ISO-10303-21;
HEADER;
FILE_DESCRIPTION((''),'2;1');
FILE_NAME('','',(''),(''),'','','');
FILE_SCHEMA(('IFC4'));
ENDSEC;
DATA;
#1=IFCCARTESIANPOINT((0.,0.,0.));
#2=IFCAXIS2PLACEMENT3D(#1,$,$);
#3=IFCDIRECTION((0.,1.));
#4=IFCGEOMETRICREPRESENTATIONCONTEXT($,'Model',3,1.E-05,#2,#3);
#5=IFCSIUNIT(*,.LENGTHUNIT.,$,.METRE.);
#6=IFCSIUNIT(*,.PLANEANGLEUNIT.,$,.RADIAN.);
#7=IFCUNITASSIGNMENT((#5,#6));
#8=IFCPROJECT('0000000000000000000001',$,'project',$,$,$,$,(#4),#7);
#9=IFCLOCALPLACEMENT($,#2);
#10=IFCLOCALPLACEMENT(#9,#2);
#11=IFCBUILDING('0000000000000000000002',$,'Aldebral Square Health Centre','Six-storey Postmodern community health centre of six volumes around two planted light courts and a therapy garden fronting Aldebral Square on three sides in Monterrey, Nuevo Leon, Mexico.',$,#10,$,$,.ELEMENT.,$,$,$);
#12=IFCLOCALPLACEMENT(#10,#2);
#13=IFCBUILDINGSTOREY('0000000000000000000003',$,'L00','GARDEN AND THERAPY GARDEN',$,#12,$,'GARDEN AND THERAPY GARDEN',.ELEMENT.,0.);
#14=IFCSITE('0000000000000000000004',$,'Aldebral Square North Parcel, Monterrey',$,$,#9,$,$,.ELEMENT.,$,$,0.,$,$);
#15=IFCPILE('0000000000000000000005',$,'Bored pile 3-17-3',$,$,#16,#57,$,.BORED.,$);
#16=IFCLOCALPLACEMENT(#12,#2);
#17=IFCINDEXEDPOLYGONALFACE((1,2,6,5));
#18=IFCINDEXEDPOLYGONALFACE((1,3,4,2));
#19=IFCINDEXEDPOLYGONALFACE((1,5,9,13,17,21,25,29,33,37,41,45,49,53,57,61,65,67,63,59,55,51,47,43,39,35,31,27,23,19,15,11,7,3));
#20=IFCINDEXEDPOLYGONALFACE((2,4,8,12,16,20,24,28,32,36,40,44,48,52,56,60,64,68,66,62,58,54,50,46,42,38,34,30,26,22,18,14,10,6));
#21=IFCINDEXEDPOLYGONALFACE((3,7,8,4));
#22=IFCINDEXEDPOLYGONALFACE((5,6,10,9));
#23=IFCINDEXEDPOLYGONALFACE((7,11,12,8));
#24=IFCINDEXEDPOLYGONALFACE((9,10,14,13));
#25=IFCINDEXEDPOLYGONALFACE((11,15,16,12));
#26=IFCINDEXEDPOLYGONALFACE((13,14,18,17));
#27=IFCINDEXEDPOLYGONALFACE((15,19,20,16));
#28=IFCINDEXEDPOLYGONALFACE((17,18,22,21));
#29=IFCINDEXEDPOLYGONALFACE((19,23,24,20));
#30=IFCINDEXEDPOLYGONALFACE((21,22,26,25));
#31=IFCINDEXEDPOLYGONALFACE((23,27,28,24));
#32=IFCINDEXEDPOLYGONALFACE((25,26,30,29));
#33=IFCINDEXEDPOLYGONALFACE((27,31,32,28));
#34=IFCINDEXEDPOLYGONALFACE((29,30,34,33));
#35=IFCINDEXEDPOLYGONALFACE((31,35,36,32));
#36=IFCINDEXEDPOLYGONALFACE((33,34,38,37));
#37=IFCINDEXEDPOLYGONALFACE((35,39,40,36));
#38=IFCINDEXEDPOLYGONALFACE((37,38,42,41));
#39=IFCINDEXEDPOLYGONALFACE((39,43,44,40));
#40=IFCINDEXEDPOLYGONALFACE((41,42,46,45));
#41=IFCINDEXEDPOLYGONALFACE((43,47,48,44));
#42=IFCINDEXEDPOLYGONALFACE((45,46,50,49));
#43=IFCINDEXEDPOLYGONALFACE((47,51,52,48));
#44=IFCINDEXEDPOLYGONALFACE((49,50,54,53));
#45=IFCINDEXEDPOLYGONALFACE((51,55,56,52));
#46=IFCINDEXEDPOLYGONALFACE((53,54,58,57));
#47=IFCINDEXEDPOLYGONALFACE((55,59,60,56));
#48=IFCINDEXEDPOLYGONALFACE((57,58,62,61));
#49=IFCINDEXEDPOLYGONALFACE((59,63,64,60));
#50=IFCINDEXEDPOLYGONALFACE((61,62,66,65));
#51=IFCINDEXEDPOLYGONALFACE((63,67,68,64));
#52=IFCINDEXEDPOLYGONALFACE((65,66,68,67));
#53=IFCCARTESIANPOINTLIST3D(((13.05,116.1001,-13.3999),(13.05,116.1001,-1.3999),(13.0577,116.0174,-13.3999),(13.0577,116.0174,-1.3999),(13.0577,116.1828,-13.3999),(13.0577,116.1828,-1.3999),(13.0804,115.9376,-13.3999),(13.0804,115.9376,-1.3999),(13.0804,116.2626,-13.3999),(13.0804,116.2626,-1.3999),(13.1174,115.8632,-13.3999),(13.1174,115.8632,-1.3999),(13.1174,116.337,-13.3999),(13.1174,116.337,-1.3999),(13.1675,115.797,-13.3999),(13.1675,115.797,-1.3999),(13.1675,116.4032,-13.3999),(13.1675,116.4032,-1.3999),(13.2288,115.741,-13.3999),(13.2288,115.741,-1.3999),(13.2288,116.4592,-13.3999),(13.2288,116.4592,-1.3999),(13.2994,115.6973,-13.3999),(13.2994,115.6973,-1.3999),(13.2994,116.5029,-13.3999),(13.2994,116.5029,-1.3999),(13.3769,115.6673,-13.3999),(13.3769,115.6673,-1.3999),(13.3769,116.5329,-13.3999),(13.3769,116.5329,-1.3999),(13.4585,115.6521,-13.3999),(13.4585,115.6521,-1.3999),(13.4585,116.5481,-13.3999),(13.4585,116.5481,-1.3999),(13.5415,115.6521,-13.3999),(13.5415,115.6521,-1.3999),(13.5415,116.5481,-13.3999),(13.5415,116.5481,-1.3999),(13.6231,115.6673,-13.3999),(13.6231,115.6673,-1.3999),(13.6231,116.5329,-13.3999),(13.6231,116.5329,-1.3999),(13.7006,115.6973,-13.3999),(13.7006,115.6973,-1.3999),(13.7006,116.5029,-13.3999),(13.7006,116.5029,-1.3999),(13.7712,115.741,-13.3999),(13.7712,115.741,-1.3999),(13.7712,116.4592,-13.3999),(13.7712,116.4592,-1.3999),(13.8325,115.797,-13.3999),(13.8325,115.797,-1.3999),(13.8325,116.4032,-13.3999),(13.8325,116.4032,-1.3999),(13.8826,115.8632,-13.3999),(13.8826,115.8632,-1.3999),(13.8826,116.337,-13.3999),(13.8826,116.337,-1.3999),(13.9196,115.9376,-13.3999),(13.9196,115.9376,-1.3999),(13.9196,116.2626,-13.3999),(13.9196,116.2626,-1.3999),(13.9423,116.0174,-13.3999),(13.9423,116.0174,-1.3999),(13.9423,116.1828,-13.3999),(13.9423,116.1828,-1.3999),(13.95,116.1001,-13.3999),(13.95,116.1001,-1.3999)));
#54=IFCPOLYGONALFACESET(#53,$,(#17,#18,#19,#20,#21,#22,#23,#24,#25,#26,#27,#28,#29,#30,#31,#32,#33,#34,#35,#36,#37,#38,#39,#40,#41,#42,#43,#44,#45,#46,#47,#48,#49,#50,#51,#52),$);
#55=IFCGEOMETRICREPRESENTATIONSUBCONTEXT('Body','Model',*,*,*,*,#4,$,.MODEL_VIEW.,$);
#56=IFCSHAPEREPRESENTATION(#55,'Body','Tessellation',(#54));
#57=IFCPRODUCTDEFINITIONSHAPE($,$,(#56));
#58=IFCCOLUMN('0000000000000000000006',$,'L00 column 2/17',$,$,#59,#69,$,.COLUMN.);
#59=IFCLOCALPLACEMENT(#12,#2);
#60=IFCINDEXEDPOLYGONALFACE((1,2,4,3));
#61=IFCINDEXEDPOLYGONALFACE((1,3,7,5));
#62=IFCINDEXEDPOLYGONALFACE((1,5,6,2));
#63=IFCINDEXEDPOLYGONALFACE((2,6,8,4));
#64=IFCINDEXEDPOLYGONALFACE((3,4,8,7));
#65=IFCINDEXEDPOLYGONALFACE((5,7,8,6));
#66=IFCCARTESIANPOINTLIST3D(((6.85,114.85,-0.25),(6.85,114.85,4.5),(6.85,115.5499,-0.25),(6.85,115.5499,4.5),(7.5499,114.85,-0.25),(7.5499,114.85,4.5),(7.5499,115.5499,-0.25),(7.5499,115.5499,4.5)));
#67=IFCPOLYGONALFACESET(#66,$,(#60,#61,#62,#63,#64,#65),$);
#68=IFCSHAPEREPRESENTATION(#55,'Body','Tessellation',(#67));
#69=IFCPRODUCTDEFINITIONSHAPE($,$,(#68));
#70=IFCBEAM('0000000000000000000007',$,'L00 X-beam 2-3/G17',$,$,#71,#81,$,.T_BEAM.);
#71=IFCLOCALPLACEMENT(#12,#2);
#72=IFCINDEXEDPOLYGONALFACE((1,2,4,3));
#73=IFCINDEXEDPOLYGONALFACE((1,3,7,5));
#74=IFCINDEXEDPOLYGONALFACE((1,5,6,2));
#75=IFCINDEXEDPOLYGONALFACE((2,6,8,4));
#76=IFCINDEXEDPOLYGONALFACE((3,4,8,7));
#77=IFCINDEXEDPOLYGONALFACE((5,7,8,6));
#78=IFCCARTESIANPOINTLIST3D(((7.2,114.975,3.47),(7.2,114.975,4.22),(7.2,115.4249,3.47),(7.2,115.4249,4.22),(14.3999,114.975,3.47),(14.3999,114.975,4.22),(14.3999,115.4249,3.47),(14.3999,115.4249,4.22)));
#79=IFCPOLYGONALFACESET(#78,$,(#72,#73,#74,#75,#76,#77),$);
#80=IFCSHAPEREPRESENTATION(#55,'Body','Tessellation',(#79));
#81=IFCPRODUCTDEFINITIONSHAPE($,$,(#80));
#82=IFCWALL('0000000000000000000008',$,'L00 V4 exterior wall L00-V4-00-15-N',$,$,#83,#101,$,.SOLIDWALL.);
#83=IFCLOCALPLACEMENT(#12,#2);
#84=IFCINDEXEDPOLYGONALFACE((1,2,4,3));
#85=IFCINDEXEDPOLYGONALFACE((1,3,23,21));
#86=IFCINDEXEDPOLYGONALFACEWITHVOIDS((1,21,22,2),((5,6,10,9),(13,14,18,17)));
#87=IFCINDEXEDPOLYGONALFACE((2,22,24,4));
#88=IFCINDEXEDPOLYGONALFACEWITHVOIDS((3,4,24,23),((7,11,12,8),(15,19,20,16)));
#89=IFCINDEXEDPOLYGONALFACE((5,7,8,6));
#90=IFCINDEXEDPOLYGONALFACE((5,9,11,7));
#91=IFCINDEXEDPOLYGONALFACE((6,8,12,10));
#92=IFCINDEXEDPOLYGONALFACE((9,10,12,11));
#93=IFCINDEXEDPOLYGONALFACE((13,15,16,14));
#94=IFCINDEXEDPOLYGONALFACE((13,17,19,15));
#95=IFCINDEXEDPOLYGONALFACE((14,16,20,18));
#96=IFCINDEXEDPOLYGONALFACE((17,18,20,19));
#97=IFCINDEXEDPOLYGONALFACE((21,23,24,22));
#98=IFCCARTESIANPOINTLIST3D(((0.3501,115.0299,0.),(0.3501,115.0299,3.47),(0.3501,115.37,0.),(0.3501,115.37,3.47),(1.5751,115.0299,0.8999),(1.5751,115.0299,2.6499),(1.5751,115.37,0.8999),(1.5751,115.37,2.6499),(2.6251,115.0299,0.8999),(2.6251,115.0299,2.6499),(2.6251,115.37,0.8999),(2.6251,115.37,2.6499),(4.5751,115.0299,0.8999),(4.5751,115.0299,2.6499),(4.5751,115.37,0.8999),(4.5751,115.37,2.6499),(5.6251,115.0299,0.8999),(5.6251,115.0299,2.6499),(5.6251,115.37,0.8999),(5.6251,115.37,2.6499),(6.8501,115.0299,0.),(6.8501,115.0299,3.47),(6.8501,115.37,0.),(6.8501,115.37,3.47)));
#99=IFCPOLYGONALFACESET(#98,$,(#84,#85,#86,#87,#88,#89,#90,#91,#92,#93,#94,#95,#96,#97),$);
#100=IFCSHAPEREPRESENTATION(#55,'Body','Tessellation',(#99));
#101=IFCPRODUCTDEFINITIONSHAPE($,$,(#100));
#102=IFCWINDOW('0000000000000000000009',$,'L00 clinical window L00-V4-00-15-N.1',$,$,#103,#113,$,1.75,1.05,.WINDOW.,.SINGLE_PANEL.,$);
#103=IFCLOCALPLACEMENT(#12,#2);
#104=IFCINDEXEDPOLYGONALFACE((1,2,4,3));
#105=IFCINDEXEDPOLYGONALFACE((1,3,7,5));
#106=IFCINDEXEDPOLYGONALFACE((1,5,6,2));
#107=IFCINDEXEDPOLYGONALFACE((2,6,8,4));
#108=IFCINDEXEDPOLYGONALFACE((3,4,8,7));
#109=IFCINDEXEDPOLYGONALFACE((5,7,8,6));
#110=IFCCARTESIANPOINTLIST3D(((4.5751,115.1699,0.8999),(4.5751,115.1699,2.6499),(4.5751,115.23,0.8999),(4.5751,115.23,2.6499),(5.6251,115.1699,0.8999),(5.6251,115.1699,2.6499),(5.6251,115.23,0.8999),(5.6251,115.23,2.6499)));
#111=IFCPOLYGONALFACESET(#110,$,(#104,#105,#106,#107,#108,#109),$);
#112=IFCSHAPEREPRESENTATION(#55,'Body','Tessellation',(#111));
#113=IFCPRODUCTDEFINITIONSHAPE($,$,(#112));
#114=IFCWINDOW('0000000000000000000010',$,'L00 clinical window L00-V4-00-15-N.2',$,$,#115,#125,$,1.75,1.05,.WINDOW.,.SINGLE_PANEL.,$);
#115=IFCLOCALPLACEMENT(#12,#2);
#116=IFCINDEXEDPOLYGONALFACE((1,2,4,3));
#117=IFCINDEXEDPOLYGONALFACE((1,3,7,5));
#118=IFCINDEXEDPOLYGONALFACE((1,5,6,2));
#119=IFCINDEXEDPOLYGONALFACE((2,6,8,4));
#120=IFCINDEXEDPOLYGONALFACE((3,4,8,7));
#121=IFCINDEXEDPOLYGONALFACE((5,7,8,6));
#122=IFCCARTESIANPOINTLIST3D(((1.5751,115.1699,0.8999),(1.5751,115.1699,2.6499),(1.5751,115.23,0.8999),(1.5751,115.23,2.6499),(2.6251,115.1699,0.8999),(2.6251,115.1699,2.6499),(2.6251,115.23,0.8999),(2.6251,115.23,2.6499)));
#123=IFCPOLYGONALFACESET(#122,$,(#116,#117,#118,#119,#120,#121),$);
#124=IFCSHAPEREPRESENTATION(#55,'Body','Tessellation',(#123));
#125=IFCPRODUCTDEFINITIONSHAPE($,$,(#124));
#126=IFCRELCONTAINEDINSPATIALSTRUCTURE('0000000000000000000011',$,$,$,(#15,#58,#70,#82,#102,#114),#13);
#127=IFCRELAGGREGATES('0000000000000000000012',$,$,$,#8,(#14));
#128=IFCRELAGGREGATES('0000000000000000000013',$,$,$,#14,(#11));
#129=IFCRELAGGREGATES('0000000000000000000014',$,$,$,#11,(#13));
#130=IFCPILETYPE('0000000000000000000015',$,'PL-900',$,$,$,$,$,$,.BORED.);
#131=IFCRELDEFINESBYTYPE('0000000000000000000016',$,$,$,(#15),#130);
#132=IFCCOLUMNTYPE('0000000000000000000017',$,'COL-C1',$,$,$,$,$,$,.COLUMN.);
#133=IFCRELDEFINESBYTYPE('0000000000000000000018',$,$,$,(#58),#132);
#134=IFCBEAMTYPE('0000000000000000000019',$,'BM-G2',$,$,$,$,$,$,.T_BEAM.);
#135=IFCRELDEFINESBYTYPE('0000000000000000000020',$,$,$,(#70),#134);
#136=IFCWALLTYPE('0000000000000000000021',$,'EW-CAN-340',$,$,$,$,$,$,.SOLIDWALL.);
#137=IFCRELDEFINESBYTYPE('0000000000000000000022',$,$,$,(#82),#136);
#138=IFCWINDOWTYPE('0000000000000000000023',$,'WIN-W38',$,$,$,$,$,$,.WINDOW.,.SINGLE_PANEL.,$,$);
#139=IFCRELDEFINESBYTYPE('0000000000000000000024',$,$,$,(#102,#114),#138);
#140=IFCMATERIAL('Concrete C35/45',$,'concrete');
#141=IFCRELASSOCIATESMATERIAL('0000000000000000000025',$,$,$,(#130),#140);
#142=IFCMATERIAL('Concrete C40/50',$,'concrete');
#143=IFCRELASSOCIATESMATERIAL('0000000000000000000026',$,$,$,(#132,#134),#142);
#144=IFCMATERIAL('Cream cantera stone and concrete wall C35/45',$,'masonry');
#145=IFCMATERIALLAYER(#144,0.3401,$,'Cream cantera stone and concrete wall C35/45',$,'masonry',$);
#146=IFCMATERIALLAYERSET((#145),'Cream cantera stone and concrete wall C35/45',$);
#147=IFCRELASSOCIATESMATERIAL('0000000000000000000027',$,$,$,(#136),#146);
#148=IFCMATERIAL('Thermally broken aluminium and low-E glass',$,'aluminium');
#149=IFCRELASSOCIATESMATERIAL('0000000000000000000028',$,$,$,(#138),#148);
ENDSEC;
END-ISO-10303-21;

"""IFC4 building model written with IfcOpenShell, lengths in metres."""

from ifc_helpers import new_model, si_unit, direction, frame, frame_2d, origin, origin_2d, place, context, subcontext, project, spatial, rectangle, circle, extrude, material, layer, layer_set, material_profile, profile_set, type_object, element, fill, save


model = new_model("IFC4")

# Units and contexts
model_context = context("Model", 3, precision=1e-05, world=origin(), true_north=direction((0.0, 1.0)))
body_context = subcontext(model_context, "Body", "Model", "MODEL_VIEW")
ifc_project = project(units=[si_unit("LENGTHUNIT", "METRE"), si_unit("PLANEANGLEUNIT", "RADIAN")], contexts=[model_context])

# Site, building, storey
site_placement = place(None, origin())
site = spatial("IfcSite", under=ifc_project, at=site_placement, Name="Aldebral Square North Parcel, Monterrey", CompositionType="ELEMENT", RefElevation=0.0)
building_placement = place(site_placement, origin())
building = spatial("IfcBuilding", under=site, at=building_placement, Name="Aldebral Square Health Centre", Description="Six-storey Postmodern community health centre of six volumes around two planted light courts and a therapy garden fronting Aldebral Square on three sides in Monterrey, Nuevo Leon, Mexico.", CompositionType="ELEMENT")
storey_placement = place(building_placement, origin())
storey = spatial("IfcBuildingStorey", under=building, at=storey_placement, Name="L00", Description="GARDEN AND THERAPY GARDEN", LongName="GARDEN AND THERAPY GARDEN", CompositionType="ELEMENT", Elevation=0.0)

# Shared definitions
ifc_material_1 = material(Name="Concrete C35/45", Category="concrete")

# Pile
ifc_material_profile_1 = material_profile(ifc_material_1, circle(Radius=0.45, at=origin_2d()), Name="PILE D900")
ifc_profile_set_1 = profile_set([ifc_material_profile_1], Name="Concrete C35/45")
pile_type = type_object("IfcPileType", Name="PL-900", PredefinedType="BORED", material=ifc_profile_set_1)
for number, where, z_axis, x_axis, name in (
    (1, (13.5, 116.1001, -1.3999), (0.0, 0.0, -1.0), (1.0, 0.0, 0.0), "Bored pile 3-17-3"),
):
    element("IfcPile", number, at=place(storey_placement, frame(where, z_axis=z_axis, x_axis=x_axis)), inside=storey, type_object=pile_type, Name=name, PredefinedType="BORED", context=body_context, shape_type="SweptSolid", body=[
        extrude(circle(Radius=0.45, at=origin_2d()), origin(), (0.0, 0.0, 1.0), 12.0),
    ])

# Column
ifc_material_2 = material(Name="Concrete C40/50", Category="concrete")
ifc_material_profile_2 = material_profile(ifc_material_2, rectangle(XDim=0.7, YDim=0.7, at=origin_2d()), Name="RC 700x700")
ifc_profile_set_2 = profile_set([ifc_material_profile_2], Name="Concrete C40/50")
column_type = type_object("IfcColumnType", Name="COL-C1", PredefinedType="COLUMN", material=ifc_profile_set_2)
column_placement = place(storey_placement, frame((7.2, 115.2, -0.25), z_axis=(0.0, 0.0, 1.0), x_axis=(1.0, 0.0, 0.0)))
element("IfcColumn", 2, at=column_placement, inside=storey, type_object=column_type, Name="L00 column 2/17", PredefinedType="COLUMN", context=body_context, shape_type="SweptSolid", body=[
    extrude(rectangle(XDim=0.7, YDim=0.7, at=origin_2d()), origin(), (0.0, 0.0, 1.0), 4.75),
])

# Beam
ifc_material_profile_3 = material_profile(ifc_material_2, rectangle(XDim=0.45, YDim=0.75, at=origin_2d()), Name="RC 450x750")
ifc_profile_set_3 = profile_set([ifc_material_profile_3], Name="Concrete C40/50")
beam_type = type_object("IfcBeamType", Name="BM-G2", PredefinedType="T_BEAM", material=ifc_profile_set_3)
beam_placement = place(storey_placement, frame((7.2, 115.2, 3.845), z_axis=(1.0, 0.0, 0.0), x_axis=(0.0, 1.0, 0.0)))
element("IfcBeam", 3, at=beam_placement, inside=storey, type_object=beam_type, Name="L00 X-beam 2-3/G17", PredefinedType="T_BEAM", context=body_context, shape_type="SweptSolid", body=[
    extrude(rectangle(XDim=0.45, YDim=0.75, at=origin_2d()), origin(), (0.0, 0.0, 1.0), 7.2),
])

# Wall, openings, windows
ifc_material_3 = material(Name="Cream cantera stone and concrete wall C35/45", Category="masonry")
ifc_layer_1 = layer(ifc_material_3, 0.3401, Name="Cream cantera stone and concrete wall C35/45", Category="masonry")
ifc_layer_set_1 = layer_set([ifc_layer_1], Name="Cream cantera stone and concrete wall C35/45")
wall_type_1 = type_object("IfcWallType", Name="EW-CAN-340", PredefinedType="SOLIDWALL", material=ifc_layer_set_1)
wall_1_placement = place(storey_placement, frame((6.8501, 115.2, 0.0), z_axis=(0.0, 0.0, 1.0), x_axis=(-1.0, 0.0, 0.0)))
wall_1 = element("IfcWall", 4, at=wall_1_placement, inside=storey, type_object=wall_type_1, Name="L00 V4 exterior wall L00-V4-00-15-N", PredefinedType="SOLIDWALL", context=body_context, shape_type="SweptSolid", body=[
    extrude(rectangle(XDim=6.5, YDim=0.3401, at=frame_2d((3.25, 0.0))), origin(), (0.0, 0.0, 1.0), 3.47),
])
opening_1_placement = place(wall_1_placement, frame((1.2251, 0.0, 0.8999)))
opening_1 = element("IfcOpeningElement", 5, at=opening_1_placement, cuts=wall_1, PredefinedType="OPENING", context=body_context, shape_type="SweptSolid", body=[
    extrude(rectangle(XDim=1.05, YDim=1.75, at=frame_2d((0.5249, 0.875))), frame((0.0, 0.1802, 0.0), z_axis=(0.0, -1.0, 0.0), x_axis=(1.0, 0.0, 0.0)), (0.0, 0.0, 1.0), 0.3601),
])
opening_2_placement = place(wall_1_placement, frame((4.2251, 0.0, 0.8999)))
opening_2 = element("IfcOpeningElement", 6, at=opening_2_placement, cuts=wall_1, PredefinedType="OPENING", context=body_context, shape_type="SweptSolid", body=[
    extrude(rectangle(XDim=1.05, YDim=1.75, at=frame_2d((0.5249, 0.875))), frame((0.0, 0.1802, 0.0), z_axis=(0.0, -1.0, 0.0), x_axis=(1.0, 0.0, 0.0)), (0.0, 0.0, 1.0), 0.3601),
])
ifc_material_4 = material(Name="Thermally broken aluminium and low-E glass", Category="aluminium")
window_type_1 = type_object("IfcWindowType", Name="WIN-W38", PartitioningType="SINGLE_PANEL", PredefinedType="WINDOW", material=ifc_material_4)
window_1_placement = place(opening_1_placement, origin())
window_1 = element("IfcWindow", 7, at=window_1_placement, inside=storey, type_object=window_type_1, Name="L00 clinical window L00-V4-00-15-N.1", OverallHeight=1.75, OverallWidth=1.05, PartitioningType="SINGLE_PANEL", PredefinedType="WINDOW", context=body_context, shape_type="SweptSolid", body=[
    extrude(rectangle(XDim=1.05, YDim=1.75, at=frame_2d((0.5249, 0.875))), frame((0.0, 0.03, 0.0), z_axis=(0.0, -1.0, 0.0), x_axis=(1.0, 0.0, 0.0)), (0.0, 0.0, 1.0), 0.0601),
])
fill(opening_1, window_1)
window_2_placement = place(opening_2_placement, origin())
window_2 = element("IfcWindow", 8, at=window_2_placement, inside=storey, type_object=window_type_1, Name="L00 clinical window L00-V4-00-15-N.2", OverallHeight=1.75, OverallWidth=1.05, PartitioningType="SINGLE_PANEL", PredefinedType="WINDOW", context=body_context, shape_type="SweptSolid", body=[
    extrude(rectangle(XDim=1.05, YDim=1.75, at=frame_2d((0.5249, 0.875))), frame((0.0, 0.03, 0.0), z_axis=(0.0, -1.0, 0.0), x_axis=(1.0, 0.0, 0.0)), (0.0, 0.0, 1.0), 0.0601),
])
fill(opening_2, window_2)

save(model, "model.ifc")
